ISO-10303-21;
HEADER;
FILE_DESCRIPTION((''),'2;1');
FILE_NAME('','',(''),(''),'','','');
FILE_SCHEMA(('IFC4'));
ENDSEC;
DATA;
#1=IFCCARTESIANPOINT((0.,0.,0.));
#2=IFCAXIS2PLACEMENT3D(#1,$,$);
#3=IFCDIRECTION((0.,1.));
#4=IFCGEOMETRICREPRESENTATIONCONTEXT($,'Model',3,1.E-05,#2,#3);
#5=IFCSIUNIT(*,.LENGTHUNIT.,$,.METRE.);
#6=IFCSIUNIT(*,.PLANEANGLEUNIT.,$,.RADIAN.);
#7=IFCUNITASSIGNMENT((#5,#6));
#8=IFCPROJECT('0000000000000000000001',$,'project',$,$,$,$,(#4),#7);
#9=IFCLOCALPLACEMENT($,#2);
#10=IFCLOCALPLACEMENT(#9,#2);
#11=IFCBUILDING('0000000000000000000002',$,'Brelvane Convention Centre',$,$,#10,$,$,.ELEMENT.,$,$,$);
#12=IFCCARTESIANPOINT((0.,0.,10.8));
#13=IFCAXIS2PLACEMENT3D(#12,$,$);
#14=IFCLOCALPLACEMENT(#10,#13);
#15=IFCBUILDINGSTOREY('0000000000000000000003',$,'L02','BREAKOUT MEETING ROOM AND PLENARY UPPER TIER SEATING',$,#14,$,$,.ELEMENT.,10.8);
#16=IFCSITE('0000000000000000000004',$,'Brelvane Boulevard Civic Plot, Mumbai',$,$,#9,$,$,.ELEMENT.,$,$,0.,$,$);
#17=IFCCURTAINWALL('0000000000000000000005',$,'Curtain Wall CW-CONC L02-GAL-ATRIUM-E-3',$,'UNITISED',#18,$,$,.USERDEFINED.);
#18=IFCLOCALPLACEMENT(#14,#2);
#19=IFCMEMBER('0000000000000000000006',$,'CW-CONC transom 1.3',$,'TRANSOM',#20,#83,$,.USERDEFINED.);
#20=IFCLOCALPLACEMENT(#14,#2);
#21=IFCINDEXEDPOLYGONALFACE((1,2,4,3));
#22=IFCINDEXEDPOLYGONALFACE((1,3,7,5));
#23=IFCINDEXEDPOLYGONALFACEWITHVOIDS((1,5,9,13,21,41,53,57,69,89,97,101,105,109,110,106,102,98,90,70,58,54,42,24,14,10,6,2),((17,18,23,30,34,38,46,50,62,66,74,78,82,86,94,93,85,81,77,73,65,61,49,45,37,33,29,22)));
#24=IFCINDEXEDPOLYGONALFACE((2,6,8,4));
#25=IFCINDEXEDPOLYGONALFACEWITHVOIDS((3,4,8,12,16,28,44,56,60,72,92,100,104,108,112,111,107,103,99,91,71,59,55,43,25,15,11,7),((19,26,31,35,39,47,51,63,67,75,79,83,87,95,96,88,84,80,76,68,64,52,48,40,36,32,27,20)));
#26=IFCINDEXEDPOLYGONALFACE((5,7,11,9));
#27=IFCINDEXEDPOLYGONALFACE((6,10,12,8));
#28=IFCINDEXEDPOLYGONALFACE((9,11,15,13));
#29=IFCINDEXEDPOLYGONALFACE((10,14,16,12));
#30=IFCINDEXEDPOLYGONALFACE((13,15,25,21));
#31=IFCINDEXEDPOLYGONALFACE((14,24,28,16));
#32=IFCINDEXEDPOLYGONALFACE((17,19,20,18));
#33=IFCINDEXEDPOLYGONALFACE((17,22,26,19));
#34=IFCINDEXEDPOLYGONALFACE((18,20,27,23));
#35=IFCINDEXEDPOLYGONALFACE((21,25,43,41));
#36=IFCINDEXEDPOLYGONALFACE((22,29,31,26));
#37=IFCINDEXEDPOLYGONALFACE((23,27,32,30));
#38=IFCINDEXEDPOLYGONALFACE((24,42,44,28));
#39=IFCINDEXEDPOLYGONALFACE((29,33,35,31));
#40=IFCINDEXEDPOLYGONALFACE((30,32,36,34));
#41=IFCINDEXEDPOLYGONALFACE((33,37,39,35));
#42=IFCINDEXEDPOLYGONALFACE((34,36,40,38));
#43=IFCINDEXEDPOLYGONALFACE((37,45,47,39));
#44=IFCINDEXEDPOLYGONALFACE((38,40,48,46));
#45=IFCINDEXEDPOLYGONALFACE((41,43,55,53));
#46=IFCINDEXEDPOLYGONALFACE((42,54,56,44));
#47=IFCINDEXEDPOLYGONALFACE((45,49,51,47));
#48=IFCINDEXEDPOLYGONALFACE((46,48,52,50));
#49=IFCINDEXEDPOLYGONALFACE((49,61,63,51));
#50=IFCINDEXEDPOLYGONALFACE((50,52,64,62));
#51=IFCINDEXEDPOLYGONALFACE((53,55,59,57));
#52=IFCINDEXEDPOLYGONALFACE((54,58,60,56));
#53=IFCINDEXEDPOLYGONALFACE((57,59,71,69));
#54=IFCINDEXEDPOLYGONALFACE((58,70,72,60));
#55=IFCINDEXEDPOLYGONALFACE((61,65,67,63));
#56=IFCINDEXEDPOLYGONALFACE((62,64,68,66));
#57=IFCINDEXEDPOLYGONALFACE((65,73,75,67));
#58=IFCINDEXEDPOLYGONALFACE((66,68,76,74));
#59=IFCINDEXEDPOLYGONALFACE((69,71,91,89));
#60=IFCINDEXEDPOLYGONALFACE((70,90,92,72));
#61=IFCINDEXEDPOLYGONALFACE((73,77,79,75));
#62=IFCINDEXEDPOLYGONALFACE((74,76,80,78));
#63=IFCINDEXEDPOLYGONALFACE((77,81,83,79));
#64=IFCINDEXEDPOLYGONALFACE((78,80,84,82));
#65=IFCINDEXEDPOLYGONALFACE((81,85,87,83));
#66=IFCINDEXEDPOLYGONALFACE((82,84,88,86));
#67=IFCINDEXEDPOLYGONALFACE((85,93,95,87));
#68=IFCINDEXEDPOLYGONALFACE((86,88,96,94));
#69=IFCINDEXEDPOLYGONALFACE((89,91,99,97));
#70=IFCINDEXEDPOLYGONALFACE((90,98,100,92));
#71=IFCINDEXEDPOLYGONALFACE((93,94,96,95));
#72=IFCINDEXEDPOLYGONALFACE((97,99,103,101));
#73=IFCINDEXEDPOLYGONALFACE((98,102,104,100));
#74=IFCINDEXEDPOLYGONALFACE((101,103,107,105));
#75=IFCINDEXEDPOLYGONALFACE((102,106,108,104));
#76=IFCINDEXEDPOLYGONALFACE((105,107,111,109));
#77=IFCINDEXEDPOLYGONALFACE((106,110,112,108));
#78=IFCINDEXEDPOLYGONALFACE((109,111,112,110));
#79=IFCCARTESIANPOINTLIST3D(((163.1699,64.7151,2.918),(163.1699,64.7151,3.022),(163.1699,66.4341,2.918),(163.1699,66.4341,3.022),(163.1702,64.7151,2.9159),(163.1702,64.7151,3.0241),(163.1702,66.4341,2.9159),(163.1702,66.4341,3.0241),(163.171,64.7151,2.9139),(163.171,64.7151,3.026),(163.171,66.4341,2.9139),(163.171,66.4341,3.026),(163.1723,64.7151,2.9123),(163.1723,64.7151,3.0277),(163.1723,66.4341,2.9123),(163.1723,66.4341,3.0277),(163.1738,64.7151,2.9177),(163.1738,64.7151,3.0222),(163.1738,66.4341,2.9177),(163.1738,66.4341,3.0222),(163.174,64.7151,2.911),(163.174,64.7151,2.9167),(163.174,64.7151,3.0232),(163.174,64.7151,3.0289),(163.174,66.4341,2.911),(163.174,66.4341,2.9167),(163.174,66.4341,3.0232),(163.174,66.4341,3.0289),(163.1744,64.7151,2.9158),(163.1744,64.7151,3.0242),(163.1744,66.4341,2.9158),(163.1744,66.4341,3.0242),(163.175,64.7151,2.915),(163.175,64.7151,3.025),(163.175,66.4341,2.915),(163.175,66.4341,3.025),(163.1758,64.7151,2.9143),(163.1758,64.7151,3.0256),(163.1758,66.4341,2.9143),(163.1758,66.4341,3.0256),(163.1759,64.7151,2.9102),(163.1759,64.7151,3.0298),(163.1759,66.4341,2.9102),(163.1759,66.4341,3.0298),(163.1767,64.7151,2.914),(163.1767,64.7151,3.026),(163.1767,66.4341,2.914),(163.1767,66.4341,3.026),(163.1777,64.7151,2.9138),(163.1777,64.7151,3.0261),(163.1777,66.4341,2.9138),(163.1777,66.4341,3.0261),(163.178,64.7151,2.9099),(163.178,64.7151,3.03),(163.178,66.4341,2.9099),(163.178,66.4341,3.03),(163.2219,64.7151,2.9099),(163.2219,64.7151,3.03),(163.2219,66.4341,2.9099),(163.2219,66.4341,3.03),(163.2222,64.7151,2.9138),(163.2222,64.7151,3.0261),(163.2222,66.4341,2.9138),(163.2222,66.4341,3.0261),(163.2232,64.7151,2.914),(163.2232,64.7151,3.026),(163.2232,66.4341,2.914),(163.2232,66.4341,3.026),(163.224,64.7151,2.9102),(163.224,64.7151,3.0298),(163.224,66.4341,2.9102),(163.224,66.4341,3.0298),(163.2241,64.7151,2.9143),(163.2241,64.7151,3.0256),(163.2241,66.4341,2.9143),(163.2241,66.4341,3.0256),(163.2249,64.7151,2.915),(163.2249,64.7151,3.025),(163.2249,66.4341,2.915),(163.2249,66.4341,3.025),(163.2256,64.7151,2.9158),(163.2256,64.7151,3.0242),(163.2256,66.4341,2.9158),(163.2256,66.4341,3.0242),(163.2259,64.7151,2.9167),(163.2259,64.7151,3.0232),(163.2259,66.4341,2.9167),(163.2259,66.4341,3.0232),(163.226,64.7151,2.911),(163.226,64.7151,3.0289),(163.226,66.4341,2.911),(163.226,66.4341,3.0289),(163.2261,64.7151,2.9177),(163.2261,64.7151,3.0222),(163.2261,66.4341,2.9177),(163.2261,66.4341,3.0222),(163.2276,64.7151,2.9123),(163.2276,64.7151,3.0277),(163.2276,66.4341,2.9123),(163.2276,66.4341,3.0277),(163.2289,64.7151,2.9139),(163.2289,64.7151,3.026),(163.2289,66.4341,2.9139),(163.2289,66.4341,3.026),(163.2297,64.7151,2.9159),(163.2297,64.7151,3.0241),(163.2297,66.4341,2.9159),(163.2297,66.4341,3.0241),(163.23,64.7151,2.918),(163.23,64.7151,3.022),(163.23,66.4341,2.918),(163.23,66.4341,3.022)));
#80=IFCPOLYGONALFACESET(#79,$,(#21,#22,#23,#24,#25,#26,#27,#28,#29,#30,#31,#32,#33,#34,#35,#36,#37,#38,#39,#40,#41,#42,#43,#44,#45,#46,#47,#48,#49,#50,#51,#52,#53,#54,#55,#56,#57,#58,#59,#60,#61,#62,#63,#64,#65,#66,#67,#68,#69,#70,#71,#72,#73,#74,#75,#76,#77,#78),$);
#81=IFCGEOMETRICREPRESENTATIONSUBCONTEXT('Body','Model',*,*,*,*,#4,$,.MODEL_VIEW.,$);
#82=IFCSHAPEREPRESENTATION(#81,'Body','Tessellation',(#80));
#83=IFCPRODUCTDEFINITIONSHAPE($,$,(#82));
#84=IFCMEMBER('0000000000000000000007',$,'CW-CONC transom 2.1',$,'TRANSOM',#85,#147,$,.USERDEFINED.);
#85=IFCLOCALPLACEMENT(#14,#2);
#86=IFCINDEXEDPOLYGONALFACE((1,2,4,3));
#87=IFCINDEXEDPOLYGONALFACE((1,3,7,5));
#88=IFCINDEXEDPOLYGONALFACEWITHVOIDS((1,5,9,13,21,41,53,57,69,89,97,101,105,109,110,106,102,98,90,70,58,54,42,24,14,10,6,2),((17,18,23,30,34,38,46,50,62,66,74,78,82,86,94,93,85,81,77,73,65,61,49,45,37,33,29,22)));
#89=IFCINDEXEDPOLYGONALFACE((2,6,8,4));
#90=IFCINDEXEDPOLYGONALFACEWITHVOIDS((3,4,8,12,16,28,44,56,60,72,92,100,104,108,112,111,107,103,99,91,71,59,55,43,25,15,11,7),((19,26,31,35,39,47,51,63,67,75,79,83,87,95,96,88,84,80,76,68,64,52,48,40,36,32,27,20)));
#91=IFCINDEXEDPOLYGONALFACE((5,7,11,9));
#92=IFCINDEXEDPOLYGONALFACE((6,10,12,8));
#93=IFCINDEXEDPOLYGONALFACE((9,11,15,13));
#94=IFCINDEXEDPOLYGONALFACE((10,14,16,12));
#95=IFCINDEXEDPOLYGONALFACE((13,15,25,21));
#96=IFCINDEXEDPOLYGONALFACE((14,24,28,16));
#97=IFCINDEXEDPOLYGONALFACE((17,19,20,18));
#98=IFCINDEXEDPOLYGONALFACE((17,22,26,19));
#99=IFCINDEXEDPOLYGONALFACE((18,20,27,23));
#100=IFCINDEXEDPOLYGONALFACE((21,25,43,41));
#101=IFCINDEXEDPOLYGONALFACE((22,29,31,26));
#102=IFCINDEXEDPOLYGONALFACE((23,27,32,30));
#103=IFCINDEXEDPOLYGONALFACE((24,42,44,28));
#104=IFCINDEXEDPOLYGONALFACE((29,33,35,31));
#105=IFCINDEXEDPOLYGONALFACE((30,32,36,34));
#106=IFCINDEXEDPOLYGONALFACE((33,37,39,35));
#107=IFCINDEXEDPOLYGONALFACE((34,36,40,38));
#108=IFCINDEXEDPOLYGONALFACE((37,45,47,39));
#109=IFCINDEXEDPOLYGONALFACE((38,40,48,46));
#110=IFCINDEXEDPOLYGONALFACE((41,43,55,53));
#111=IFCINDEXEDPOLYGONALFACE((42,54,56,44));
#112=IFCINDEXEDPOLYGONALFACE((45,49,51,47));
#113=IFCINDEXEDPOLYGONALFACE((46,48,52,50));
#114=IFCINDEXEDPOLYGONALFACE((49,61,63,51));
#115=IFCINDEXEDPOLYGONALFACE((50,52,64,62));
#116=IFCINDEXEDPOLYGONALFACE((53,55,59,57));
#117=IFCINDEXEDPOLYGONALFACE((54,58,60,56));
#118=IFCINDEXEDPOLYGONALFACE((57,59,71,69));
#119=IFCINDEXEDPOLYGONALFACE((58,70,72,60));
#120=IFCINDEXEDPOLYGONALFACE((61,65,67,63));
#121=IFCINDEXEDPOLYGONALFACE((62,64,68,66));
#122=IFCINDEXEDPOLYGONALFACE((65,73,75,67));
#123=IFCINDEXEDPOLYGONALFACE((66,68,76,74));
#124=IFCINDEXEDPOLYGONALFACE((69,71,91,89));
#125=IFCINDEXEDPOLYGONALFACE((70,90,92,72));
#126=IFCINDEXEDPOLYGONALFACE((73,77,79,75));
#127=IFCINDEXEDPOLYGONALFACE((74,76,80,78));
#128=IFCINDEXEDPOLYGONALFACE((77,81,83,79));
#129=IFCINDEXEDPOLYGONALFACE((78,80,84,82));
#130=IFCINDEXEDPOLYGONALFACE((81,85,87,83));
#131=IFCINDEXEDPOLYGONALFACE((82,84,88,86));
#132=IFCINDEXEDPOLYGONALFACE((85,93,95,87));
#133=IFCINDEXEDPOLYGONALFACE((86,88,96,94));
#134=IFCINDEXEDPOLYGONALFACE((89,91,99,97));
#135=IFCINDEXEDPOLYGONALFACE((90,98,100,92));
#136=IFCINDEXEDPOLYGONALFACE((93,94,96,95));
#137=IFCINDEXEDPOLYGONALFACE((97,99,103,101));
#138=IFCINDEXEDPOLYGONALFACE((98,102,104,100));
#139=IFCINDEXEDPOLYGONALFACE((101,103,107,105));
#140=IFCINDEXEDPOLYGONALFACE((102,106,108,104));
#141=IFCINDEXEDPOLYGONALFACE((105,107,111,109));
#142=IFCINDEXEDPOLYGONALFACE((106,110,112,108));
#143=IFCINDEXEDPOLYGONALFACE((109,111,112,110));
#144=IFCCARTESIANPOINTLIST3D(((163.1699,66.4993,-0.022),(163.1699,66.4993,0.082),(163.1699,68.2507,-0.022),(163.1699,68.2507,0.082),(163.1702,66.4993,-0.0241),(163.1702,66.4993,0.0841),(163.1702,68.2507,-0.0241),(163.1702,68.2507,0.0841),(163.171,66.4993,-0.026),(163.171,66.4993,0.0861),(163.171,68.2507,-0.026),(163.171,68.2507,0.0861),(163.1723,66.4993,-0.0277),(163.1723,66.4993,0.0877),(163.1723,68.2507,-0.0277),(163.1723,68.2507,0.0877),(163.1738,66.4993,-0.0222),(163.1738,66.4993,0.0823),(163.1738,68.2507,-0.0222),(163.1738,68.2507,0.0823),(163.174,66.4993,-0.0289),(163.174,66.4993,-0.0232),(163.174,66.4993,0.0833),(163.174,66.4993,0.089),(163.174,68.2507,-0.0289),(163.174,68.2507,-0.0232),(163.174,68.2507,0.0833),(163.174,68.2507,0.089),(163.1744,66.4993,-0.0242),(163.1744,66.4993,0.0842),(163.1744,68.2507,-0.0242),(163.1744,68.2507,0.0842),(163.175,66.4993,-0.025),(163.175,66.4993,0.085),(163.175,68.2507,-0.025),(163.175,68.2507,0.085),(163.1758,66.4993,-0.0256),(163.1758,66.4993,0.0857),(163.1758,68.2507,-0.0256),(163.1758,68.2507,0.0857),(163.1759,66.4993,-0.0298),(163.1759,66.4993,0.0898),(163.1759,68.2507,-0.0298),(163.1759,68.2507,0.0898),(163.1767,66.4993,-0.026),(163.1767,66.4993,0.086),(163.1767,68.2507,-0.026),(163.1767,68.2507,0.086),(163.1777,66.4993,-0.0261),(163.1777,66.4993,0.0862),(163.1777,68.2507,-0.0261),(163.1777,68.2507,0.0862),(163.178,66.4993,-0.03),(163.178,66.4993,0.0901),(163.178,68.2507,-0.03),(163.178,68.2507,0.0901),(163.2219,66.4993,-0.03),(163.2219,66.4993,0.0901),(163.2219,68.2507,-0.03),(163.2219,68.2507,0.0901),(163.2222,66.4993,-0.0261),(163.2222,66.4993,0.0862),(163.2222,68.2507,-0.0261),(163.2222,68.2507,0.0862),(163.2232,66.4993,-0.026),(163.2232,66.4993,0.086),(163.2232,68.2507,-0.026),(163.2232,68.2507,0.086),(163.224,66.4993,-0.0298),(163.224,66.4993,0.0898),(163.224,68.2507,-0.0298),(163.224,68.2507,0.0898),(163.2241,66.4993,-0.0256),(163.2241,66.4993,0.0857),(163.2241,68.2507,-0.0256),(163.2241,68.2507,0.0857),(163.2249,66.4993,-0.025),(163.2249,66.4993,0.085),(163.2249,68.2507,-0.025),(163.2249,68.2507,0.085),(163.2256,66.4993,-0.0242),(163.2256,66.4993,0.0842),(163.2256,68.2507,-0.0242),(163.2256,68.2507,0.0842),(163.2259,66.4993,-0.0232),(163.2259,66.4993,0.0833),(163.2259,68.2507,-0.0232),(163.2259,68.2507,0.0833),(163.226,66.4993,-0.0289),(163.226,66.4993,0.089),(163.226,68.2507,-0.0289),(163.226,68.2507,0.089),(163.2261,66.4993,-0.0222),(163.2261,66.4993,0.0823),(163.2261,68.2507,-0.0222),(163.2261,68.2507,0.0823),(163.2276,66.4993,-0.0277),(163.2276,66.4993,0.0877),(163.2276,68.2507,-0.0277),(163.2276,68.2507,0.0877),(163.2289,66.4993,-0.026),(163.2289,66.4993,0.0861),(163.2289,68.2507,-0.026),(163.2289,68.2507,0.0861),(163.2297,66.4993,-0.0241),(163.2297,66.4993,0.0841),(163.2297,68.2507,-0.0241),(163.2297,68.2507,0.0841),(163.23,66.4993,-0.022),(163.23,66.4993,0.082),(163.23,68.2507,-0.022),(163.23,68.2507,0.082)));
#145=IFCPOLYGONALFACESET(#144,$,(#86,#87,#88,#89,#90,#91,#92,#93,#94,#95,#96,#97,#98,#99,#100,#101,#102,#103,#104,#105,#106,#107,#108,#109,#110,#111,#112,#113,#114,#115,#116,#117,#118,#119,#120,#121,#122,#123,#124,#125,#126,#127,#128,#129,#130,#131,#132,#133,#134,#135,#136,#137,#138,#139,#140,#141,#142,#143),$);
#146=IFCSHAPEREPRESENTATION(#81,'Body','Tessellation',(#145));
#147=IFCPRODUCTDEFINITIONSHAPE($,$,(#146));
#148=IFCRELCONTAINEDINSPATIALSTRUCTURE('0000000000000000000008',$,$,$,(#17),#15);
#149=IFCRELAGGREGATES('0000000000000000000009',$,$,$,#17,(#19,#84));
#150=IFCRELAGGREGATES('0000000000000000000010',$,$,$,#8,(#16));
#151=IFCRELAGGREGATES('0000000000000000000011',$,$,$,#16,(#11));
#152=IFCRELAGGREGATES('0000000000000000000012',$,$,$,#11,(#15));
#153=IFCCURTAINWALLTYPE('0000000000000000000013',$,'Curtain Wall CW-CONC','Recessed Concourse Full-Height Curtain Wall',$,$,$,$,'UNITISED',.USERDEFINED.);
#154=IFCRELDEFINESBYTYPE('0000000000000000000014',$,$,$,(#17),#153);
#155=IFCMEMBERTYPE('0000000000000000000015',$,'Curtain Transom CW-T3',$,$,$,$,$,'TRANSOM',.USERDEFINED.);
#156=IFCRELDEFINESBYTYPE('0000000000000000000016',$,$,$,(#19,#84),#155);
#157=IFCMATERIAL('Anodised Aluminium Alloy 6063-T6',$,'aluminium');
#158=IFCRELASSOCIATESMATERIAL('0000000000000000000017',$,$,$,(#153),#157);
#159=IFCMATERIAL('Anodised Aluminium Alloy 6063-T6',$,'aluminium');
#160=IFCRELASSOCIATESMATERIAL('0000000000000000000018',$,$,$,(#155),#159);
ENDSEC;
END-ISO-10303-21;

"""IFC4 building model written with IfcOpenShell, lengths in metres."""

from ifc_helpers import new_model, si_unit, direction, frame, origin, origin_2d, place, context, subcontext, project, spatial, hollow_rectangle, extrude, material, material_profile, profile_set, type_object, element, aggregate, save


model = new_model("IFC4")

# Units and contexts
model_context = context("Model", 3, precision=1e-05, world=origin(), true_north=direction((0.0, 1.0)))
body_context = subcontext(model_context, "Body", "Model", "MODEL_VIEW")
ifc_project = project(units=[si_unit("LENGTHUNIT", "METRE"), si_unit("PLANEANGLEUNIT", "RADIAN")], contexts=[model_context])

# Site, building, storey
site_placement = place(None, origin())
site = spatial("IfcSite", under=ifc_project, at=site_placement, Name="Brelvane Boulevard Civic Plot, Mumbai", CompositionType="ELEMENT", RefElevation=0.0)
building_placement = place(site_placement, origin())
building = spatial("IfcBuilding", under=site, at=building_placement, Name="Brelvane Convention Centre", CompositionType="ELEMENT")
storey_placement = place(building_placement, frame((0.0, 0.0, 10.8)))
storey = spatial("IfcBuildingStorey", under=building, at=storey_placement, Name="L02", Description="BREAKOUT MEETING ROOM AND PLENARY UPPER TIER SEATING", CompositionType="ELEMENT", Elevation=10.8)

# Curtain wall, members
ifc_material_1 = material(Name="Anodised Aluminium Alloy 6063-T6", Category="aluminium")
curtain_wall_type = type_object("IfcCurtainWallType", Name="Curtain Wall CW-CONC", Description="Recessed Concourse Full-Height Curtain Wall", ElementType="UNITISED", PredefinedType="USERDEFINED", material=ifc_material_1)
curtain_wall_placement = place(storey_placement, origin())
curtain_wall = element("IfcCurtainWall", 1, at=curtain_wall_placement, inside=storey, type_object=curtain_wall_type, Name="Curtain Wall CW-CONC L02-GAL-ATRIUM-E-3", ObjectType="UNITISED", PredefinedType="USERDEFINED")
ifc_material_2 = material(Name="Anodised Aluminium Alloy 6063-T6", Category="aluminium")
ifc_material_profile_1 = material_profile(ifc_material_2, hollow_rectangle(XDim=0.0601, YDim=0.1201, WallThickness=0.0039, InnerFilletRadius=0.0039, OuterFilletRadius=0.0081, at=origin_2d()), Name="ALU-T 120x60x4.0")
ifc_profile_set_1 = profile_set([ifc_material_profile_1], Name="Anodised Aluminium Alloy 6063-T6")
member_type_1 = type_object("IfcMemberType", Name="Curtain Transom CW-T3", ElementType="TRANSOM", PredefinedType="USERDEFINED", material=ifc_profile_set_1)
member_1_placement = place(storey_placement, frame((163.2, 64.7151, 2.97), z_axis=(0.0, 1.0, 0.0), x_axis=(-1.0, 0.0, 0.0)))
member_1 = element("IfcMember", 2, at=member_1_placement, type_object=member_type_1, Name="CW-CONC transom 1.3", ObjectType="TRANSOM", PredefinedType="USERDEFINED", context=body_context, shape_type="SweptSolid", body=[
    extrude(hollow_rectangle(XDim=0.0601, YDim=0.1201, WallThickness=0.0039, InnerFilletRadius=0.0039, OuterFilletRadius=0.0081, at=origin_2d()), origin(), (0.0, 0.0, 1.0), 1.719),
])
member_2_placement = place(storey_placement, frame((163.2, 66.4993, 0.03), z_axis=(0.0, 1.0, 0.0), x_axis=(-1.0, 0.0, 0.0)))
member_2 = element("IfcMember", 3, at=member_2_placement, type_object=member_type_1, Name="CW-CONC transom 2.1", ObjectType="TRANSOM", PredefinedType="USERDEFINED", context=body_context, shape_type="SweptSolid", body=[
    extrude(hollow_rectangle(XDim=0.0601, YDim=0.1201, WallThickness=0.0039, InnerFilletRadius=0.0039, OuterFilletRadius=0.0081, at=origin_2d()), origin(), (0.0, 0.0, 1.0), 1.7515),
])

aggregate(curtain_wall, [member_1, member_2])

save(model, "model.ifc")
